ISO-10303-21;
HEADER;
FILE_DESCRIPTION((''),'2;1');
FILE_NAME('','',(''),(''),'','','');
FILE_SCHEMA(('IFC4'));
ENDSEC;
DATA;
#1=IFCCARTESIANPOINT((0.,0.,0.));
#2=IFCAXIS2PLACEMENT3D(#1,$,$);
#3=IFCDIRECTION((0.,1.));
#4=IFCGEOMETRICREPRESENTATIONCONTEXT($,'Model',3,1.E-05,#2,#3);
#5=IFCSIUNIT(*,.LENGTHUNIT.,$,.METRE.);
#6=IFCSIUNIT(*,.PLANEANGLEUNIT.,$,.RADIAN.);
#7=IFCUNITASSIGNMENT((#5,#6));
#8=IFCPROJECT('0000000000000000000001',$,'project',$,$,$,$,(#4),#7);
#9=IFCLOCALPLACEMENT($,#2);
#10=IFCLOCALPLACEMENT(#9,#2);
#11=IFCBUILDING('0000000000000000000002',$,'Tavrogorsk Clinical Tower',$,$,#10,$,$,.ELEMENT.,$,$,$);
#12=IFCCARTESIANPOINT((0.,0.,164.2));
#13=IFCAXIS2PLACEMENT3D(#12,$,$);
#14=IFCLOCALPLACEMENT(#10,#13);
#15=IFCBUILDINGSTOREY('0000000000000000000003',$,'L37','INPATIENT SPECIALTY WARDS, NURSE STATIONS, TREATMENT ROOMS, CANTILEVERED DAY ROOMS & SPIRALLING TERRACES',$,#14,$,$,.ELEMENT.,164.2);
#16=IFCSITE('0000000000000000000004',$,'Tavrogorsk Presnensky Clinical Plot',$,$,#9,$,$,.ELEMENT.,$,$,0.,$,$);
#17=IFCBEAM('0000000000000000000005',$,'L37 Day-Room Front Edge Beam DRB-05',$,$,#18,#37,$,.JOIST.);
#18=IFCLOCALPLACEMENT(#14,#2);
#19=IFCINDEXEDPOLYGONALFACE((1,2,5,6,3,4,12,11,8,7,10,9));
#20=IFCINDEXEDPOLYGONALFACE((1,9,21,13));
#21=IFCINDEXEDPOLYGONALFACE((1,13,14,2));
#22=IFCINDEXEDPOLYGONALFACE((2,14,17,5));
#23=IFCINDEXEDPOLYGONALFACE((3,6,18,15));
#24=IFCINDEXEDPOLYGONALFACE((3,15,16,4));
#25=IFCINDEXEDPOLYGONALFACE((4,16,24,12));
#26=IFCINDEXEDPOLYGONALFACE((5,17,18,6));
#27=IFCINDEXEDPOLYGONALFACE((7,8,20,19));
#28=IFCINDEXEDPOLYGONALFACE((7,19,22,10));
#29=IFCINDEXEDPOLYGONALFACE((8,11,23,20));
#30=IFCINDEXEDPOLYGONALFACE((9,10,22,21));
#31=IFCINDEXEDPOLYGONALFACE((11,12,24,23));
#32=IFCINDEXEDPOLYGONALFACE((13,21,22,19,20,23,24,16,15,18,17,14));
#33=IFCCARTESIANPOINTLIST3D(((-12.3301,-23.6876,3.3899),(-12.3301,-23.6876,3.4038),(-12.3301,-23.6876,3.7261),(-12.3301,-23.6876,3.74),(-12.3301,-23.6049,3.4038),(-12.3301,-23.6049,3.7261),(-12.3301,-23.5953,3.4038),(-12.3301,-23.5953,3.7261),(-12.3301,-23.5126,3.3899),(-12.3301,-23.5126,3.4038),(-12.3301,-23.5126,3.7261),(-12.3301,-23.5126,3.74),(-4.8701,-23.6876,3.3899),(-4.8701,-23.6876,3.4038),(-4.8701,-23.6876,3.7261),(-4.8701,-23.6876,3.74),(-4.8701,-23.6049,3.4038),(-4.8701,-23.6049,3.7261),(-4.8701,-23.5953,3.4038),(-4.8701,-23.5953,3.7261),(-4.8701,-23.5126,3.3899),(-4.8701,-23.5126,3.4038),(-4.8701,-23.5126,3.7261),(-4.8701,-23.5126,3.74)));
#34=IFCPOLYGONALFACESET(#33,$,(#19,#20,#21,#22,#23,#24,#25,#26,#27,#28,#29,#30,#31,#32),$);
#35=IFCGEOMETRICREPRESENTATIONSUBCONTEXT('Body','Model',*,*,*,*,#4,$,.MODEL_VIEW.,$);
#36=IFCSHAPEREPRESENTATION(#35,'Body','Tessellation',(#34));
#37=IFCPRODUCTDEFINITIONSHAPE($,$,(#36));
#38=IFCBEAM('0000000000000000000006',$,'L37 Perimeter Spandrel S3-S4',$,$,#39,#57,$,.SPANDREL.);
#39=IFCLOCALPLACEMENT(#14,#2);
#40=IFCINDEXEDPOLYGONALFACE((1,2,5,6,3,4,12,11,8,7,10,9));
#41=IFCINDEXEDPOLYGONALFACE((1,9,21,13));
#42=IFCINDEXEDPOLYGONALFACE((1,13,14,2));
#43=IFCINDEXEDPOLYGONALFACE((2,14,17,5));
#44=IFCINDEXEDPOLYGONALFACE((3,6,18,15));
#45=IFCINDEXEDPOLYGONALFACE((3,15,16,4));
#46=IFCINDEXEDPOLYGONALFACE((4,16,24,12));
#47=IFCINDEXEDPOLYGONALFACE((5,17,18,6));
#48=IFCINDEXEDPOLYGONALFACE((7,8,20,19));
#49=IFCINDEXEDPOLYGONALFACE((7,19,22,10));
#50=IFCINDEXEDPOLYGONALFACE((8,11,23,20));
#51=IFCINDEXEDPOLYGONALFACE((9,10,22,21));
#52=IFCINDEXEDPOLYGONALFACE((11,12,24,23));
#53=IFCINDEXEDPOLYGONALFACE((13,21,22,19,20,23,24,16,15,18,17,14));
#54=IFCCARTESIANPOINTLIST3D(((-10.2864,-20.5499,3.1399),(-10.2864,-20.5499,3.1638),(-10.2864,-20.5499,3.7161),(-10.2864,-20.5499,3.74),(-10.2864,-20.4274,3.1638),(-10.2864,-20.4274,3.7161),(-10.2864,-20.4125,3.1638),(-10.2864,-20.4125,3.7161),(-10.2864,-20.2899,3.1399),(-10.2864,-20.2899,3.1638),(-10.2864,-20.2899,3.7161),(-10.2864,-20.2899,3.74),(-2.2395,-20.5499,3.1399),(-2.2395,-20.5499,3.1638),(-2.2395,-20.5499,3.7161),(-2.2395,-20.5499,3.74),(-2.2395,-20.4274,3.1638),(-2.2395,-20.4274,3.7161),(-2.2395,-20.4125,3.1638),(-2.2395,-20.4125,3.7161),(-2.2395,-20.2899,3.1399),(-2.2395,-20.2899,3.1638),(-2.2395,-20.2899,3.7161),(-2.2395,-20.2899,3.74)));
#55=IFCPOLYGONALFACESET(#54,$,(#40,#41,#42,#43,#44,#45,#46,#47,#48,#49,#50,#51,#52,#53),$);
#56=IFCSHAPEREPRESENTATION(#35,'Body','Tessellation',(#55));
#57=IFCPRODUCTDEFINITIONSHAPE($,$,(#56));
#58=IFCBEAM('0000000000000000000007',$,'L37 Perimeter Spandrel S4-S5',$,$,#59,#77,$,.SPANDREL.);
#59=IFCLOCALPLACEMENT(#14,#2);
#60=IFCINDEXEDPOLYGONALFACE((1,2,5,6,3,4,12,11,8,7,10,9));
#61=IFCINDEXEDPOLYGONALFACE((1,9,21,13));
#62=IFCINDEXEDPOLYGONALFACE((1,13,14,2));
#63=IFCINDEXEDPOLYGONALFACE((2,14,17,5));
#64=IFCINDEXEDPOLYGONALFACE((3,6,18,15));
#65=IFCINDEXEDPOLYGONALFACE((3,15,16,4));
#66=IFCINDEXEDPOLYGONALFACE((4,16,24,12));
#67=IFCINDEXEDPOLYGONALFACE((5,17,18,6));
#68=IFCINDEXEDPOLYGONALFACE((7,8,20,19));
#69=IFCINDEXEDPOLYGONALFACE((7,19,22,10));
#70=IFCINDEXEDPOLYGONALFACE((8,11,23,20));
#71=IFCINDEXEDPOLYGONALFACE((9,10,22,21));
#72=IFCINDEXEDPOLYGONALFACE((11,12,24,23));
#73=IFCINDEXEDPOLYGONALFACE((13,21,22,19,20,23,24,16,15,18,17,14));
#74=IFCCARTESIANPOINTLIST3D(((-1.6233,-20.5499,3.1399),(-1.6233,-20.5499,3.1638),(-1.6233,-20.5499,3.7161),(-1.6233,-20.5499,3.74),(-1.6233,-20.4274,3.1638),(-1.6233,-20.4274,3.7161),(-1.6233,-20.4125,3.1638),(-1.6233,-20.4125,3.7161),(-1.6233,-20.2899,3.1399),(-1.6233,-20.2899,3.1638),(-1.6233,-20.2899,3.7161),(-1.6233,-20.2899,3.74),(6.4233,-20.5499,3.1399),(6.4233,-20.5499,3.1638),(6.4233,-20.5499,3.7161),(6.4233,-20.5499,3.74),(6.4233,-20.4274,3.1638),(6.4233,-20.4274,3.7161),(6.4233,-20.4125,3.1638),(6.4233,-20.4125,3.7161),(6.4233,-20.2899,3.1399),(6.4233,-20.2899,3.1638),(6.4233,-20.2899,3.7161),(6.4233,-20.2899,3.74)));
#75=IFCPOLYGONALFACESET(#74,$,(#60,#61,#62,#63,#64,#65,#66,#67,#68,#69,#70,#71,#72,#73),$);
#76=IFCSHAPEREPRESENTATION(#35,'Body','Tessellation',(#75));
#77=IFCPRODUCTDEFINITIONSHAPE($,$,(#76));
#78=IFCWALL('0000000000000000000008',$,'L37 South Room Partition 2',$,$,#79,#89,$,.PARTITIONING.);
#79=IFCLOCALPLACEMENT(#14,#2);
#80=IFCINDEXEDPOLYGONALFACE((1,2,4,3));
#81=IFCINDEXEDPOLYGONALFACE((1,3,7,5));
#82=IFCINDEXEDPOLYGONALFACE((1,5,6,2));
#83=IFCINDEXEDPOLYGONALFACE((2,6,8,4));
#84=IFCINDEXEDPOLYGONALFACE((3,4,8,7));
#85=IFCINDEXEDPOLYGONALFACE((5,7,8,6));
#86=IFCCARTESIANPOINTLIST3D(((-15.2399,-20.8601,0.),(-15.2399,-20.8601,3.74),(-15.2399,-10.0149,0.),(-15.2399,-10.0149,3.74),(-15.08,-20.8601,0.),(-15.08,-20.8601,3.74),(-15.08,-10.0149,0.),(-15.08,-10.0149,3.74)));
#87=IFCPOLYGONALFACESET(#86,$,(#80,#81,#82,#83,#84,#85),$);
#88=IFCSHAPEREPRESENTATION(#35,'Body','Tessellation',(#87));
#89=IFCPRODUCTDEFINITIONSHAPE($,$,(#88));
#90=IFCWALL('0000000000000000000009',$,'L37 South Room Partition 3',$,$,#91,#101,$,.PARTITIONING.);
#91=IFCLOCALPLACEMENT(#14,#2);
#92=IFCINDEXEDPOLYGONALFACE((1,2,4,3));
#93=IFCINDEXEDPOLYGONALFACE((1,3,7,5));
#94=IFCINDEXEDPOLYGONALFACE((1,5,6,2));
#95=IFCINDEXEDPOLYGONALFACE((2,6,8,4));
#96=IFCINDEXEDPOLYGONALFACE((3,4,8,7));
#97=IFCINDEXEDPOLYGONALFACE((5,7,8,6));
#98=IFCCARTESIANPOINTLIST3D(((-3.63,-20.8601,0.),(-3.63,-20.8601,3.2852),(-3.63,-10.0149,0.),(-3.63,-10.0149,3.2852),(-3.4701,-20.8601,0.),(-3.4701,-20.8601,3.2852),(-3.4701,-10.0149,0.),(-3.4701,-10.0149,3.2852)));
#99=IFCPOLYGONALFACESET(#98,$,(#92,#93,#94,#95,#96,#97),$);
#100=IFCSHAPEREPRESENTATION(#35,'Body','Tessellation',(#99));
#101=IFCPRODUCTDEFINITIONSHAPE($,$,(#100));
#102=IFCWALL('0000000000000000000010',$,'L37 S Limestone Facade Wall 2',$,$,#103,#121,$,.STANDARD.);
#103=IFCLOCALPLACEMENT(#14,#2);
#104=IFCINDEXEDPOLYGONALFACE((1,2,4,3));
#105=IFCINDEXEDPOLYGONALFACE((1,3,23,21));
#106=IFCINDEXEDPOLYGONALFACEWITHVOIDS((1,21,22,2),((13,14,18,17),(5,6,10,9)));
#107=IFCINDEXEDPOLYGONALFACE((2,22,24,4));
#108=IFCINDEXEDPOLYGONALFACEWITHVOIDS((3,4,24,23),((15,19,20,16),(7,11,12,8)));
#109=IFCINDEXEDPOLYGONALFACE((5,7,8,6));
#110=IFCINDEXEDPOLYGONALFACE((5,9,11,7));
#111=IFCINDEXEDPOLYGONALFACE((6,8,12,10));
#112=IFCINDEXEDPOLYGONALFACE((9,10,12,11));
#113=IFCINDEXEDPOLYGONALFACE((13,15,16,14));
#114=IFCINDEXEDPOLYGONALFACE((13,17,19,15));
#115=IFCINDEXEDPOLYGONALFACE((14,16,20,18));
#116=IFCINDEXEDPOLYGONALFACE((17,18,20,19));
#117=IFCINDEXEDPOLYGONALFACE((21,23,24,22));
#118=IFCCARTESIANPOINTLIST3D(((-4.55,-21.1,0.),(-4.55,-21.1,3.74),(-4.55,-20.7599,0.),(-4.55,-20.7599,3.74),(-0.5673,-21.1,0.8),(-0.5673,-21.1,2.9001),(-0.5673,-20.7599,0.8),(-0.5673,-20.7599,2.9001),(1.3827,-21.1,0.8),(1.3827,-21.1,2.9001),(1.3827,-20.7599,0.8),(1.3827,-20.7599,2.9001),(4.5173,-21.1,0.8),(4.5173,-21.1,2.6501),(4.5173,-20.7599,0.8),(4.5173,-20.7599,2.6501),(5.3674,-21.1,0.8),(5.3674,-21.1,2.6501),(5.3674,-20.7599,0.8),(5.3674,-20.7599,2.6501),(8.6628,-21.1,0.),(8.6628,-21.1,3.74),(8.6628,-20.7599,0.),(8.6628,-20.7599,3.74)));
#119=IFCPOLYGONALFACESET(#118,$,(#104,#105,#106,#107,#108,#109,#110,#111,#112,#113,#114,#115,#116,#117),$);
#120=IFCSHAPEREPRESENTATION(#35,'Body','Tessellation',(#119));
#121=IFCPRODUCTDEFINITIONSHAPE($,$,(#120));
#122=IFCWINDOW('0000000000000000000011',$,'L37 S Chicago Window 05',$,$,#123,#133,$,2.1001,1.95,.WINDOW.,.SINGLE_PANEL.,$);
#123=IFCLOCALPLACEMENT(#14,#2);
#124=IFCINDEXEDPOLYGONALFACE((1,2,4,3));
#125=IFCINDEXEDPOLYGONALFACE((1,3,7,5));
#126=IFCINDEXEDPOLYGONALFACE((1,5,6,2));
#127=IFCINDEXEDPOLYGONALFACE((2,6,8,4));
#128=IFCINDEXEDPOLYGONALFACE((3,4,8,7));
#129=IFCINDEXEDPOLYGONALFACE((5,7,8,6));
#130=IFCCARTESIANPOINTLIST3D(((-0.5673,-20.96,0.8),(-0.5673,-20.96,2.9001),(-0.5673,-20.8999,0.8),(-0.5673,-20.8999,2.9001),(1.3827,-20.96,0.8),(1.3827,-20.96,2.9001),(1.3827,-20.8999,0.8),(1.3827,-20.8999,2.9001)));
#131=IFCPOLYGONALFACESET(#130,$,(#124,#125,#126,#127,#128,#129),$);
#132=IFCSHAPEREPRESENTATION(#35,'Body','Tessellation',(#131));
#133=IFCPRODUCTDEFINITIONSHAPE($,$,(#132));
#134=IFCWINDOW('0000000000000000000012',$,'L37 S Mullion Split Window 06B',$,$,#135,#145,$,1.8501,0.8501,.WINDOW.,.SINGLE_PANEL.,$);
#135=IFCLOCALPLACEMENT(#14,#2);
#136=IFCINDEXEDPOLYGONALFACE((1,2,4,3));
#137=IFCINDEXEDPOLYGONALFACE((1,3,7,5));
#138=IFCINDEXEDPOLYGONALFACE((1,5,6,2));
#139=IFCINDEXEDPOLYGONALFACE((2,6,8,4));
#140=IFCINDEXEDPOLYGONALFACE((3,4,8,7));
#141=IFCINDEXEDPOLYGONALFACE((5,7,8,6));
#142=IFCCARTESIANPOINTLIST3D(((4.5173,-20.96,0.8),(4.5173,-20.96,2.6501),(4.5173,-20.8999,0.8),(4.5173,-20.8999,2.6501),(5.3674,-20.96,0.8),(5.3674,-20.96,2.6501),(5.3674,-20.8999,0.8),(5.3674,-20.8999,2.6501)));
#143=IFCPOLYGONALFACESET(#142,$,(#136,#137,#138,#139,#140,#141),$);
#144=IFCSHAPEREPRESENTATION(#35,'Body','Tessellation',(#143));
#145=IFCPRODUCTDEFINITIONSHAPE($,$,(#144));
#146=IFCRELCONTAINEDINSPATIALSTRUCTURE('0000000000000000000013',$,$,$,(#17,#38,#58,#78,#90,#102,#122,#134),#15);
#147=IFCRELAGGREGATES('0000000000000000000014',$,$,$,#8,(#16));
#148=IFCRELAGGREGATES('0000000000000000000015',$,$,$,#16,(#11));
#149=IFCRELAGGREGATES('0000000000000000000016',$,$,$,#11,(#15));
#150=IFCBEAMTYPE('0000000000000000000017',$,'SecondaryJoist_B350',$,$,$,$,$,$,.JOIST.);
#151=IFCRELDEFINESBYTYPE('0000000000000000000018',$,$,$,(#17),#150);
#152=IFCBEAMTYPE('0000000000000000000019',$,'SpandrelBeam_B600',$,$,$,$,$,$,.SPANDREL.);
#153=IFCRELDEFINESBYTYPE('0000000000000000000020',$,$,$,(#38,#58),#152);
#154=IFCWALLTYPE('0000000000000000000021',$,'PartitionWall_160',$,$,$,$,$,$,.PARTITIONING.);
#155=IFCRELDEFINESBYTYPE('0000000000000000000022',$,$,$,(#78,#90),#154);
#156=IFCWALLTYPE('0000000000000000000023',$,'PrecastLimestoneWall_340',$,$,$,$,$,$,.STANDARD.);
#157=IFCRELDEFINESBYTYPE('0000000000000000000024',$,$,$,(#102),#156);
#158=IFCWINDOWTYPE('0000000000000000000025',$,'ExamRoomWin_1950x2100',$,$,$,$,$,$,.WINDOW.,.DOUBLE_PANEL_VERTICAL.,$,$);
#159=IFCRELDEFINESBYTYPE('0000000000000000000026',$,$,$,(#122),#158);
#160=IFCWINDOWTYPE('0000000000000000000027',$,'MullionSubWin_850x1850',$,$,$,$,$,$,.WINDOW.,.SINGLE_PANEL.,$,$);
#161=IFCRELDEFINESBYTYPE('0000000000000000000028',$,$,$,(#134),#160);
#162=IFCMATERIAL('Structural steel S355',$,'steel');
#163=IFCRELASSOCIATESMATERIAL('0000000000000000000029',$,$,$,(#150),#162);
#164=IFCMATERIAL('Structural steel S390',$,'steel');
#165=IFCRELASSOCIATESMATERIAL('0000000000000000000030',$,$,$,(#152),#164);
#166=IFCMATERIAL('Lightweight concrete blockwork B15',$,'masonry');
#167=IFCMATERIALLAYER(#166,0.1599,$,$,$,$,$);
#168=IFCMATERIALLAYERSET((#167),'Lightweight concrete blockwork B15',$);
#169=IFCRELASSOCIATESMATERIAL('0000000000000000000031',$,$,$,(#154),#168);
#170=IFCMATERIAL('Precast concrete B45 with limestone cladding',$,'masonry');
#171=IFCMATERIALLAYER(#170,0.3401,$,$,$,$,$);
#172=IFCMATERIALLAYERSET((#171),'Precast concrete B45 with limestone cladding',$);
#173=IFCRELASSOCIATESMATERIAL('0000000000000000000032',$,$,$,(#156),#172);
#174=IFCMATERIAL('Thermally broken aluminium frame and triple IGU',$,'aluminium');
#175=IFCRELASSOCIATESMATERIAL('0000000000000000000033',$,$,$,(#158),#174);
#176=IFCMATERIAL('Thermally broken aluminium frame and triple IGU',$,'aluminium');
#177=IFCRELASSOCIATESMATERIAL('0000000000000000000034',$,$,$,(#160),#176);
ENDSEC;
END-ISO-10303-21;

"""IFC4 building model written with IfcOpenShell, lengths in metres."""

from ifc_helpers import new_model, si_unit, direction, frame, frame_2d, origin, origin_2d, place, context, subcontext, project, spatial, rectangle, i_section, extrude, material, layer, layer_set, material_profile, profile_set, type_object, element, fill, save


model = new_model("IFC4")

# Units and contexts
model_context = context("Model", 3, precision=1e-05, world=origin(), true_north=direction((0.0, 1.0)))
body_context = subcontext(model_context, "Body", "Model", "MODEL_VIEW")
ifc_project = project(units=[si_unit("LENGTHUNIT", "METRE"), si_unit("PLANEANGLEUNIT", "RADIAN")], contexts=[model_context])

# Site, building, storey
site_placement = place(None, origin())
site = spatial("IfcSite", under=ifc_project, at=site_placement, Name="Tavrogorsk Presnensky Clinical Plot", CompositionType="ELEMENT", RefElevation=0.0)
building_placement = place(site_placement, origin())
building = spatial("IfcBuilding", under=site, at=building_placement, Name="Tavrogorsk Clinical Tower", CompositionType="ELEMENT")
storey_placement = place(building_placement, frame((0.0, 0.0, 164.2)))
storey = spatial("IfcBuildingStorey", under=building, at=storey_placement, Name="L37", Description="INPATIENT SPECIALTY WARDS, NURSE STATIONS, TREATMENT ROOMS, CANTILEVERED DAY ROOMS & SPIRALLING TERRACES", CompositionType="ELEMENT", Elevation=164.2)

# Beams
ifc_material_1 = material(Name="Structural steel S355", Category="steel")
ifc_material_profile_1 = material_profile(ifc_material_1, i_section(OverallWidth=0.175, OverallDepth=0.3501, WebThickness=0.0095, FlangeThickness=0.0139, at=origin_2d()), Name="B-350x175x9.5x14")
ifc_profile_set_1 = profile_set([ifc_material_profile_1], Name="Structural steel S355")
beam_type_1 = type_object("IfcBeamType", Name="SecondaryJoist_B350", PredefinedType="JOIST", material=ifc_profile_set_1)
beam_1_placement = place(storey_placement, frame((-12.3301, -23.6001, 3.5649), z_axis=(1.0, 0.0, 0.0), x_axis=(0.0, 1.0, 0.0)))
element("IfcBeam", 1, at=beam_1_placement, inside=storey, type_object=beam_type_1, Name="L37 Day-Room Front Edge Beam DRB-05", PredefinedType="JOIST", context=body_context, shape_type="SweptSolid", body=[
    extrude(i_section(OverallWidth=0.175, OverallDepth=0.3501, WebThickness=0.0095, FlangeThickness=0.0139, at=origin_2d()), origin(), (0.0, 0.0, 1.0), 7.46),
])
ifc_material_2 = material(Name="Structural steel S390", Category="steel")
ifc_material_profile_2 = material_profile(ifc_material_2, i_section(OverallWidth=0.26, OverallDepth=0.6001, WebThickness=0.0149, FlangeThickness=0.0239, at=origin_2d()), Name="B-600x260x15x24")
ifc_profile_set_2 = profile_set([ifc_material_profile_2], Name="Structural steel S390")
beam_type_2 = type_object("IfcBeamType", Name="SpandrelBeam_B600", PredefinedType="SPANDREL", material=ifc_profile_set_2)
beam_2_placement = place(storey_placement, frame((-10.2864, -20.4199, 3.4399), z_axis=(1.0, 0.0, 0.0), x_axis=(0.0, 1.0, 0.0)))
element("IfcBeam", 2, at=beam_2_placement, inside=storey, type_object=beam_type_2, Name="L37 Perimeter Spandrel S3-S4", PredefinedType="SPANDREL", context=body_context, shape_type="SweptSolid", body=[
    extrude(i_section(OverallWidth=0.26, OverallDepth=0.6001, WebThickness=0.0149, FlangeThickness=0.0239, at=origin_2d()), origin(), (0.0, 0.0, 1.0), 8.0469),
])
beam_3_placement = place(storey_placement, frame((-1.6233, -20.4199, 3.4399), z_axis=(1.0, 0.0, 0.0), x_axis=(0.0, 1.0, 0.0)))
element("IfcBeam", 3, at=beam_3_placement, inside=storey, type_object=beam_type_2, Name="L37 Perimeter Spandrel S4-S5", PredefinedType="SPANDREL", context=body_context, shape_type="SweptSolid", body=[
    extrude(i_section(OverallWidth=0.26, OverallDepth=0.6001, WebThickness=0.0149, FlangeThickness=0.0239, at=origin_2d()), origin(), (0.0, 0.0, 1.0), 8.0466),
])

# Walls
ifc_material_3 = material(Name="Lightweight concrete blockwork B15", Category="masonry")
ifc_layer_1 = layer(ifc_material_3, 0.1599)
ifc_layer_set_1 = layer_set([ifc_layer_1], Name="Lightweight concrete blockwork B15")
wall_type_1 = type_object("IfcWallType", Name="PartitionWall_160", PredefinedType="PARTITIONING", material=ifc_layer_set_1)
wall_1_placement = place(storey_placement, frame((-15.1599, -20.8601, 0.0), z_axis=(0.0, 0.0, 1.0), x_axis=(0.0, 1.0, 0.0)))
element("IfcWall", 4, at=wall_1_placement, inside=storey, type_object=wall_type_1, Name="L37 South Room Partition 2", PredefinedType="PARTITIONING", context=body_context, shape_type="SweptSolid", body=[
    extrude(rectangle(XDim=10.8452, YDim=0.1599, at=frame_2d((5.4226, 0.0))), origin(), (0.0, 0.0, 1.0), 3.74),
])
wall_2_placement = place(storey_placement, frame((-3.55, -20.8601, 0.0), z_axis=(0.0, 0.0, 1.0), x_axis=(0.0, 1.0, 0.0)))
element("IfcWall", 5, at=wall_2_placement, inside=storey, type_object=wall_type_1, Name="L37 South Room Partition 3", PredefinedType="PARTITIONING", context=body_context, shape_type="SweptSolid", body=[
    extrude(rectangle(XDim=10.8452, YDim=0.1599, at=frame_2d((5.4226, 0.0))), origin(), (0.0, 0.0, 1.0), 3.2852),
])

# Wall, openings, windows
ifc_material_4 = material(Name="Precast concrete B45 with limestone cladding", Category="masonry")
ifc_layer_2 = layer(ifc_material_4, 0.3401)
ifc_layer_set_2 = layer_set([ifc_layer_2], Name="Precast concrete B45 with limestone cladding")
wall_type_2 = type_object("IfcWallType", Name="PrecastLimestoneWall_340", PredefinedType="STANDARD", material=ifc_layer_set_2)
wall_3_placement = place(storey_placement, frame((-4.55, -20.9299, 0.0), z_axis=(0.0, 0.0, 1.0), x_axis=(1.0, 0.0, 0.0)))
wall_3 = element("IfcWall", 6, at=wall_3_placement, inside=storey, type_object=wall_type_2, Name="L37 S Limestone Facade Wall 2", PredefinedType="STANDARD", context=body_context, shape_type="SweptSolid", body=[
    extrude(rectangle(XDim=13.2129, YDim=0.3401, at=frame_2d((6.6064, 0.0))), origin(), (0.0, 0.0, 1.0), 3.74),
])
opening_1_placement = place(wall_3_placement, frame((3.9827, 0.0, 0.8)))
opening_1 = element("IfcOpeningElement", 7, at=opening_1_placement, cuts=wall_3, PredefinedType="OPENING", context=body_context, shape_type="SweptSolid", body=[
    extrude(rectangle(XDim=1.95, YDim=2.1001, at=frame_2d((0.9751, 1.05))), frame((0.0, 0.1799, 0.0), z_axis=(0.0, -1.0, 0.0), x_axis=(1.0, 0.0, 0.0)), (0.0, 0.0, 1.0), 0.3601),
])
opening_2_placement = place(wall_3_placement, frame((9.0674, 0.0, 0.8)))
opening_2 = element("IfcOpeningElement", 8, at=opening_2_placement, cuts=wall_3, PredefinedType="OPENING", context=body_context, shape_type="SweptSolid", body=[
    extrude(rectangle(XDim=0.8501, YDim=1.8501, at=frame_2d((0.425, 0.925))), frame((0.0, 0.1799, 0.0), z_axis=(0.0, -1.0, 0.0), x_axis=(1.0, 0.0, 0.0)), (0.0, 0.0, 1.0), 0.3601),
])
ifc_material_5 = material(Name="Thermally broken aluminium frame and triple IGU", Category="aluminium")
window_type_1 = type_object("IfcWindowType", Name="ExamRoomWin_1950x2100", PartitioningType="DOUBLE_PANEL_VERTICAL", PredefinedType="WINDOW", material=ifc_material_5)
window_1_placement = place(opening_1_placement, origin())
window_1 = element("IfcWindow", 9, at=window_1_placement, inside=storey, type_object=window_type_1, Name="L37 S Chicago Window 05", OverallHeight=2.1001, OverallWidth=1.95, PartitioningType="SINGLE_PANEL", PredefinedType="WINDOW", context=body_context, shape_type="SweptSolid", body=[
    extrude(rectangle(XDim=1.95, YDim=2.1001, at=frame_2d((0.9751, 1.05))), frame((0.0, 0.03, 0.0), z_axis=(0.0, -1.0, 0.0), x_axis=(1.0, 0.0, 0.0)), (0.0, 0.0, 1.0), 0.0601),
])
fill(opening_1, window_1)
ifc_material_6 = material(Name="Thermally broken aluminium frame and triple IGU", Category="aluminium")
window_type_2 = type_object("IfcWindowType", Name="MullionSubWin_850x1850", PartitioningType="SINGLE_PANEL", PredefinedType="WINDOW", material=ifc_material_6)
window_2_placement = place(opening_2_placement, origin())
window_2 = element("IfcWindow", 10, at=window_2_placement, inside=storey, type_object=window_type_2, Name="L37 S Mullion Split Window 06B", OverallHeight=1.8501, OverallWidth=0.8501, PartitioningType="SINGLE_PANEL", PredefinedType="WINDOW", context=body_context, shape_type="SweptSolid", body=[
    extrude(rectangle(XDim=0.8501, YDim=1.8501, at=frame_2d((0.425, 0.925))), frame((0.0, 0.03, 0.0), z_axis=(0.0, -1.0, 0.0), x_axis=(1.0, 0.0, 0.0)), (0.0, 0.0, 1.0), 0.0601),
])
fill(opening_2, window_2)

save(model, "model.ifc")
